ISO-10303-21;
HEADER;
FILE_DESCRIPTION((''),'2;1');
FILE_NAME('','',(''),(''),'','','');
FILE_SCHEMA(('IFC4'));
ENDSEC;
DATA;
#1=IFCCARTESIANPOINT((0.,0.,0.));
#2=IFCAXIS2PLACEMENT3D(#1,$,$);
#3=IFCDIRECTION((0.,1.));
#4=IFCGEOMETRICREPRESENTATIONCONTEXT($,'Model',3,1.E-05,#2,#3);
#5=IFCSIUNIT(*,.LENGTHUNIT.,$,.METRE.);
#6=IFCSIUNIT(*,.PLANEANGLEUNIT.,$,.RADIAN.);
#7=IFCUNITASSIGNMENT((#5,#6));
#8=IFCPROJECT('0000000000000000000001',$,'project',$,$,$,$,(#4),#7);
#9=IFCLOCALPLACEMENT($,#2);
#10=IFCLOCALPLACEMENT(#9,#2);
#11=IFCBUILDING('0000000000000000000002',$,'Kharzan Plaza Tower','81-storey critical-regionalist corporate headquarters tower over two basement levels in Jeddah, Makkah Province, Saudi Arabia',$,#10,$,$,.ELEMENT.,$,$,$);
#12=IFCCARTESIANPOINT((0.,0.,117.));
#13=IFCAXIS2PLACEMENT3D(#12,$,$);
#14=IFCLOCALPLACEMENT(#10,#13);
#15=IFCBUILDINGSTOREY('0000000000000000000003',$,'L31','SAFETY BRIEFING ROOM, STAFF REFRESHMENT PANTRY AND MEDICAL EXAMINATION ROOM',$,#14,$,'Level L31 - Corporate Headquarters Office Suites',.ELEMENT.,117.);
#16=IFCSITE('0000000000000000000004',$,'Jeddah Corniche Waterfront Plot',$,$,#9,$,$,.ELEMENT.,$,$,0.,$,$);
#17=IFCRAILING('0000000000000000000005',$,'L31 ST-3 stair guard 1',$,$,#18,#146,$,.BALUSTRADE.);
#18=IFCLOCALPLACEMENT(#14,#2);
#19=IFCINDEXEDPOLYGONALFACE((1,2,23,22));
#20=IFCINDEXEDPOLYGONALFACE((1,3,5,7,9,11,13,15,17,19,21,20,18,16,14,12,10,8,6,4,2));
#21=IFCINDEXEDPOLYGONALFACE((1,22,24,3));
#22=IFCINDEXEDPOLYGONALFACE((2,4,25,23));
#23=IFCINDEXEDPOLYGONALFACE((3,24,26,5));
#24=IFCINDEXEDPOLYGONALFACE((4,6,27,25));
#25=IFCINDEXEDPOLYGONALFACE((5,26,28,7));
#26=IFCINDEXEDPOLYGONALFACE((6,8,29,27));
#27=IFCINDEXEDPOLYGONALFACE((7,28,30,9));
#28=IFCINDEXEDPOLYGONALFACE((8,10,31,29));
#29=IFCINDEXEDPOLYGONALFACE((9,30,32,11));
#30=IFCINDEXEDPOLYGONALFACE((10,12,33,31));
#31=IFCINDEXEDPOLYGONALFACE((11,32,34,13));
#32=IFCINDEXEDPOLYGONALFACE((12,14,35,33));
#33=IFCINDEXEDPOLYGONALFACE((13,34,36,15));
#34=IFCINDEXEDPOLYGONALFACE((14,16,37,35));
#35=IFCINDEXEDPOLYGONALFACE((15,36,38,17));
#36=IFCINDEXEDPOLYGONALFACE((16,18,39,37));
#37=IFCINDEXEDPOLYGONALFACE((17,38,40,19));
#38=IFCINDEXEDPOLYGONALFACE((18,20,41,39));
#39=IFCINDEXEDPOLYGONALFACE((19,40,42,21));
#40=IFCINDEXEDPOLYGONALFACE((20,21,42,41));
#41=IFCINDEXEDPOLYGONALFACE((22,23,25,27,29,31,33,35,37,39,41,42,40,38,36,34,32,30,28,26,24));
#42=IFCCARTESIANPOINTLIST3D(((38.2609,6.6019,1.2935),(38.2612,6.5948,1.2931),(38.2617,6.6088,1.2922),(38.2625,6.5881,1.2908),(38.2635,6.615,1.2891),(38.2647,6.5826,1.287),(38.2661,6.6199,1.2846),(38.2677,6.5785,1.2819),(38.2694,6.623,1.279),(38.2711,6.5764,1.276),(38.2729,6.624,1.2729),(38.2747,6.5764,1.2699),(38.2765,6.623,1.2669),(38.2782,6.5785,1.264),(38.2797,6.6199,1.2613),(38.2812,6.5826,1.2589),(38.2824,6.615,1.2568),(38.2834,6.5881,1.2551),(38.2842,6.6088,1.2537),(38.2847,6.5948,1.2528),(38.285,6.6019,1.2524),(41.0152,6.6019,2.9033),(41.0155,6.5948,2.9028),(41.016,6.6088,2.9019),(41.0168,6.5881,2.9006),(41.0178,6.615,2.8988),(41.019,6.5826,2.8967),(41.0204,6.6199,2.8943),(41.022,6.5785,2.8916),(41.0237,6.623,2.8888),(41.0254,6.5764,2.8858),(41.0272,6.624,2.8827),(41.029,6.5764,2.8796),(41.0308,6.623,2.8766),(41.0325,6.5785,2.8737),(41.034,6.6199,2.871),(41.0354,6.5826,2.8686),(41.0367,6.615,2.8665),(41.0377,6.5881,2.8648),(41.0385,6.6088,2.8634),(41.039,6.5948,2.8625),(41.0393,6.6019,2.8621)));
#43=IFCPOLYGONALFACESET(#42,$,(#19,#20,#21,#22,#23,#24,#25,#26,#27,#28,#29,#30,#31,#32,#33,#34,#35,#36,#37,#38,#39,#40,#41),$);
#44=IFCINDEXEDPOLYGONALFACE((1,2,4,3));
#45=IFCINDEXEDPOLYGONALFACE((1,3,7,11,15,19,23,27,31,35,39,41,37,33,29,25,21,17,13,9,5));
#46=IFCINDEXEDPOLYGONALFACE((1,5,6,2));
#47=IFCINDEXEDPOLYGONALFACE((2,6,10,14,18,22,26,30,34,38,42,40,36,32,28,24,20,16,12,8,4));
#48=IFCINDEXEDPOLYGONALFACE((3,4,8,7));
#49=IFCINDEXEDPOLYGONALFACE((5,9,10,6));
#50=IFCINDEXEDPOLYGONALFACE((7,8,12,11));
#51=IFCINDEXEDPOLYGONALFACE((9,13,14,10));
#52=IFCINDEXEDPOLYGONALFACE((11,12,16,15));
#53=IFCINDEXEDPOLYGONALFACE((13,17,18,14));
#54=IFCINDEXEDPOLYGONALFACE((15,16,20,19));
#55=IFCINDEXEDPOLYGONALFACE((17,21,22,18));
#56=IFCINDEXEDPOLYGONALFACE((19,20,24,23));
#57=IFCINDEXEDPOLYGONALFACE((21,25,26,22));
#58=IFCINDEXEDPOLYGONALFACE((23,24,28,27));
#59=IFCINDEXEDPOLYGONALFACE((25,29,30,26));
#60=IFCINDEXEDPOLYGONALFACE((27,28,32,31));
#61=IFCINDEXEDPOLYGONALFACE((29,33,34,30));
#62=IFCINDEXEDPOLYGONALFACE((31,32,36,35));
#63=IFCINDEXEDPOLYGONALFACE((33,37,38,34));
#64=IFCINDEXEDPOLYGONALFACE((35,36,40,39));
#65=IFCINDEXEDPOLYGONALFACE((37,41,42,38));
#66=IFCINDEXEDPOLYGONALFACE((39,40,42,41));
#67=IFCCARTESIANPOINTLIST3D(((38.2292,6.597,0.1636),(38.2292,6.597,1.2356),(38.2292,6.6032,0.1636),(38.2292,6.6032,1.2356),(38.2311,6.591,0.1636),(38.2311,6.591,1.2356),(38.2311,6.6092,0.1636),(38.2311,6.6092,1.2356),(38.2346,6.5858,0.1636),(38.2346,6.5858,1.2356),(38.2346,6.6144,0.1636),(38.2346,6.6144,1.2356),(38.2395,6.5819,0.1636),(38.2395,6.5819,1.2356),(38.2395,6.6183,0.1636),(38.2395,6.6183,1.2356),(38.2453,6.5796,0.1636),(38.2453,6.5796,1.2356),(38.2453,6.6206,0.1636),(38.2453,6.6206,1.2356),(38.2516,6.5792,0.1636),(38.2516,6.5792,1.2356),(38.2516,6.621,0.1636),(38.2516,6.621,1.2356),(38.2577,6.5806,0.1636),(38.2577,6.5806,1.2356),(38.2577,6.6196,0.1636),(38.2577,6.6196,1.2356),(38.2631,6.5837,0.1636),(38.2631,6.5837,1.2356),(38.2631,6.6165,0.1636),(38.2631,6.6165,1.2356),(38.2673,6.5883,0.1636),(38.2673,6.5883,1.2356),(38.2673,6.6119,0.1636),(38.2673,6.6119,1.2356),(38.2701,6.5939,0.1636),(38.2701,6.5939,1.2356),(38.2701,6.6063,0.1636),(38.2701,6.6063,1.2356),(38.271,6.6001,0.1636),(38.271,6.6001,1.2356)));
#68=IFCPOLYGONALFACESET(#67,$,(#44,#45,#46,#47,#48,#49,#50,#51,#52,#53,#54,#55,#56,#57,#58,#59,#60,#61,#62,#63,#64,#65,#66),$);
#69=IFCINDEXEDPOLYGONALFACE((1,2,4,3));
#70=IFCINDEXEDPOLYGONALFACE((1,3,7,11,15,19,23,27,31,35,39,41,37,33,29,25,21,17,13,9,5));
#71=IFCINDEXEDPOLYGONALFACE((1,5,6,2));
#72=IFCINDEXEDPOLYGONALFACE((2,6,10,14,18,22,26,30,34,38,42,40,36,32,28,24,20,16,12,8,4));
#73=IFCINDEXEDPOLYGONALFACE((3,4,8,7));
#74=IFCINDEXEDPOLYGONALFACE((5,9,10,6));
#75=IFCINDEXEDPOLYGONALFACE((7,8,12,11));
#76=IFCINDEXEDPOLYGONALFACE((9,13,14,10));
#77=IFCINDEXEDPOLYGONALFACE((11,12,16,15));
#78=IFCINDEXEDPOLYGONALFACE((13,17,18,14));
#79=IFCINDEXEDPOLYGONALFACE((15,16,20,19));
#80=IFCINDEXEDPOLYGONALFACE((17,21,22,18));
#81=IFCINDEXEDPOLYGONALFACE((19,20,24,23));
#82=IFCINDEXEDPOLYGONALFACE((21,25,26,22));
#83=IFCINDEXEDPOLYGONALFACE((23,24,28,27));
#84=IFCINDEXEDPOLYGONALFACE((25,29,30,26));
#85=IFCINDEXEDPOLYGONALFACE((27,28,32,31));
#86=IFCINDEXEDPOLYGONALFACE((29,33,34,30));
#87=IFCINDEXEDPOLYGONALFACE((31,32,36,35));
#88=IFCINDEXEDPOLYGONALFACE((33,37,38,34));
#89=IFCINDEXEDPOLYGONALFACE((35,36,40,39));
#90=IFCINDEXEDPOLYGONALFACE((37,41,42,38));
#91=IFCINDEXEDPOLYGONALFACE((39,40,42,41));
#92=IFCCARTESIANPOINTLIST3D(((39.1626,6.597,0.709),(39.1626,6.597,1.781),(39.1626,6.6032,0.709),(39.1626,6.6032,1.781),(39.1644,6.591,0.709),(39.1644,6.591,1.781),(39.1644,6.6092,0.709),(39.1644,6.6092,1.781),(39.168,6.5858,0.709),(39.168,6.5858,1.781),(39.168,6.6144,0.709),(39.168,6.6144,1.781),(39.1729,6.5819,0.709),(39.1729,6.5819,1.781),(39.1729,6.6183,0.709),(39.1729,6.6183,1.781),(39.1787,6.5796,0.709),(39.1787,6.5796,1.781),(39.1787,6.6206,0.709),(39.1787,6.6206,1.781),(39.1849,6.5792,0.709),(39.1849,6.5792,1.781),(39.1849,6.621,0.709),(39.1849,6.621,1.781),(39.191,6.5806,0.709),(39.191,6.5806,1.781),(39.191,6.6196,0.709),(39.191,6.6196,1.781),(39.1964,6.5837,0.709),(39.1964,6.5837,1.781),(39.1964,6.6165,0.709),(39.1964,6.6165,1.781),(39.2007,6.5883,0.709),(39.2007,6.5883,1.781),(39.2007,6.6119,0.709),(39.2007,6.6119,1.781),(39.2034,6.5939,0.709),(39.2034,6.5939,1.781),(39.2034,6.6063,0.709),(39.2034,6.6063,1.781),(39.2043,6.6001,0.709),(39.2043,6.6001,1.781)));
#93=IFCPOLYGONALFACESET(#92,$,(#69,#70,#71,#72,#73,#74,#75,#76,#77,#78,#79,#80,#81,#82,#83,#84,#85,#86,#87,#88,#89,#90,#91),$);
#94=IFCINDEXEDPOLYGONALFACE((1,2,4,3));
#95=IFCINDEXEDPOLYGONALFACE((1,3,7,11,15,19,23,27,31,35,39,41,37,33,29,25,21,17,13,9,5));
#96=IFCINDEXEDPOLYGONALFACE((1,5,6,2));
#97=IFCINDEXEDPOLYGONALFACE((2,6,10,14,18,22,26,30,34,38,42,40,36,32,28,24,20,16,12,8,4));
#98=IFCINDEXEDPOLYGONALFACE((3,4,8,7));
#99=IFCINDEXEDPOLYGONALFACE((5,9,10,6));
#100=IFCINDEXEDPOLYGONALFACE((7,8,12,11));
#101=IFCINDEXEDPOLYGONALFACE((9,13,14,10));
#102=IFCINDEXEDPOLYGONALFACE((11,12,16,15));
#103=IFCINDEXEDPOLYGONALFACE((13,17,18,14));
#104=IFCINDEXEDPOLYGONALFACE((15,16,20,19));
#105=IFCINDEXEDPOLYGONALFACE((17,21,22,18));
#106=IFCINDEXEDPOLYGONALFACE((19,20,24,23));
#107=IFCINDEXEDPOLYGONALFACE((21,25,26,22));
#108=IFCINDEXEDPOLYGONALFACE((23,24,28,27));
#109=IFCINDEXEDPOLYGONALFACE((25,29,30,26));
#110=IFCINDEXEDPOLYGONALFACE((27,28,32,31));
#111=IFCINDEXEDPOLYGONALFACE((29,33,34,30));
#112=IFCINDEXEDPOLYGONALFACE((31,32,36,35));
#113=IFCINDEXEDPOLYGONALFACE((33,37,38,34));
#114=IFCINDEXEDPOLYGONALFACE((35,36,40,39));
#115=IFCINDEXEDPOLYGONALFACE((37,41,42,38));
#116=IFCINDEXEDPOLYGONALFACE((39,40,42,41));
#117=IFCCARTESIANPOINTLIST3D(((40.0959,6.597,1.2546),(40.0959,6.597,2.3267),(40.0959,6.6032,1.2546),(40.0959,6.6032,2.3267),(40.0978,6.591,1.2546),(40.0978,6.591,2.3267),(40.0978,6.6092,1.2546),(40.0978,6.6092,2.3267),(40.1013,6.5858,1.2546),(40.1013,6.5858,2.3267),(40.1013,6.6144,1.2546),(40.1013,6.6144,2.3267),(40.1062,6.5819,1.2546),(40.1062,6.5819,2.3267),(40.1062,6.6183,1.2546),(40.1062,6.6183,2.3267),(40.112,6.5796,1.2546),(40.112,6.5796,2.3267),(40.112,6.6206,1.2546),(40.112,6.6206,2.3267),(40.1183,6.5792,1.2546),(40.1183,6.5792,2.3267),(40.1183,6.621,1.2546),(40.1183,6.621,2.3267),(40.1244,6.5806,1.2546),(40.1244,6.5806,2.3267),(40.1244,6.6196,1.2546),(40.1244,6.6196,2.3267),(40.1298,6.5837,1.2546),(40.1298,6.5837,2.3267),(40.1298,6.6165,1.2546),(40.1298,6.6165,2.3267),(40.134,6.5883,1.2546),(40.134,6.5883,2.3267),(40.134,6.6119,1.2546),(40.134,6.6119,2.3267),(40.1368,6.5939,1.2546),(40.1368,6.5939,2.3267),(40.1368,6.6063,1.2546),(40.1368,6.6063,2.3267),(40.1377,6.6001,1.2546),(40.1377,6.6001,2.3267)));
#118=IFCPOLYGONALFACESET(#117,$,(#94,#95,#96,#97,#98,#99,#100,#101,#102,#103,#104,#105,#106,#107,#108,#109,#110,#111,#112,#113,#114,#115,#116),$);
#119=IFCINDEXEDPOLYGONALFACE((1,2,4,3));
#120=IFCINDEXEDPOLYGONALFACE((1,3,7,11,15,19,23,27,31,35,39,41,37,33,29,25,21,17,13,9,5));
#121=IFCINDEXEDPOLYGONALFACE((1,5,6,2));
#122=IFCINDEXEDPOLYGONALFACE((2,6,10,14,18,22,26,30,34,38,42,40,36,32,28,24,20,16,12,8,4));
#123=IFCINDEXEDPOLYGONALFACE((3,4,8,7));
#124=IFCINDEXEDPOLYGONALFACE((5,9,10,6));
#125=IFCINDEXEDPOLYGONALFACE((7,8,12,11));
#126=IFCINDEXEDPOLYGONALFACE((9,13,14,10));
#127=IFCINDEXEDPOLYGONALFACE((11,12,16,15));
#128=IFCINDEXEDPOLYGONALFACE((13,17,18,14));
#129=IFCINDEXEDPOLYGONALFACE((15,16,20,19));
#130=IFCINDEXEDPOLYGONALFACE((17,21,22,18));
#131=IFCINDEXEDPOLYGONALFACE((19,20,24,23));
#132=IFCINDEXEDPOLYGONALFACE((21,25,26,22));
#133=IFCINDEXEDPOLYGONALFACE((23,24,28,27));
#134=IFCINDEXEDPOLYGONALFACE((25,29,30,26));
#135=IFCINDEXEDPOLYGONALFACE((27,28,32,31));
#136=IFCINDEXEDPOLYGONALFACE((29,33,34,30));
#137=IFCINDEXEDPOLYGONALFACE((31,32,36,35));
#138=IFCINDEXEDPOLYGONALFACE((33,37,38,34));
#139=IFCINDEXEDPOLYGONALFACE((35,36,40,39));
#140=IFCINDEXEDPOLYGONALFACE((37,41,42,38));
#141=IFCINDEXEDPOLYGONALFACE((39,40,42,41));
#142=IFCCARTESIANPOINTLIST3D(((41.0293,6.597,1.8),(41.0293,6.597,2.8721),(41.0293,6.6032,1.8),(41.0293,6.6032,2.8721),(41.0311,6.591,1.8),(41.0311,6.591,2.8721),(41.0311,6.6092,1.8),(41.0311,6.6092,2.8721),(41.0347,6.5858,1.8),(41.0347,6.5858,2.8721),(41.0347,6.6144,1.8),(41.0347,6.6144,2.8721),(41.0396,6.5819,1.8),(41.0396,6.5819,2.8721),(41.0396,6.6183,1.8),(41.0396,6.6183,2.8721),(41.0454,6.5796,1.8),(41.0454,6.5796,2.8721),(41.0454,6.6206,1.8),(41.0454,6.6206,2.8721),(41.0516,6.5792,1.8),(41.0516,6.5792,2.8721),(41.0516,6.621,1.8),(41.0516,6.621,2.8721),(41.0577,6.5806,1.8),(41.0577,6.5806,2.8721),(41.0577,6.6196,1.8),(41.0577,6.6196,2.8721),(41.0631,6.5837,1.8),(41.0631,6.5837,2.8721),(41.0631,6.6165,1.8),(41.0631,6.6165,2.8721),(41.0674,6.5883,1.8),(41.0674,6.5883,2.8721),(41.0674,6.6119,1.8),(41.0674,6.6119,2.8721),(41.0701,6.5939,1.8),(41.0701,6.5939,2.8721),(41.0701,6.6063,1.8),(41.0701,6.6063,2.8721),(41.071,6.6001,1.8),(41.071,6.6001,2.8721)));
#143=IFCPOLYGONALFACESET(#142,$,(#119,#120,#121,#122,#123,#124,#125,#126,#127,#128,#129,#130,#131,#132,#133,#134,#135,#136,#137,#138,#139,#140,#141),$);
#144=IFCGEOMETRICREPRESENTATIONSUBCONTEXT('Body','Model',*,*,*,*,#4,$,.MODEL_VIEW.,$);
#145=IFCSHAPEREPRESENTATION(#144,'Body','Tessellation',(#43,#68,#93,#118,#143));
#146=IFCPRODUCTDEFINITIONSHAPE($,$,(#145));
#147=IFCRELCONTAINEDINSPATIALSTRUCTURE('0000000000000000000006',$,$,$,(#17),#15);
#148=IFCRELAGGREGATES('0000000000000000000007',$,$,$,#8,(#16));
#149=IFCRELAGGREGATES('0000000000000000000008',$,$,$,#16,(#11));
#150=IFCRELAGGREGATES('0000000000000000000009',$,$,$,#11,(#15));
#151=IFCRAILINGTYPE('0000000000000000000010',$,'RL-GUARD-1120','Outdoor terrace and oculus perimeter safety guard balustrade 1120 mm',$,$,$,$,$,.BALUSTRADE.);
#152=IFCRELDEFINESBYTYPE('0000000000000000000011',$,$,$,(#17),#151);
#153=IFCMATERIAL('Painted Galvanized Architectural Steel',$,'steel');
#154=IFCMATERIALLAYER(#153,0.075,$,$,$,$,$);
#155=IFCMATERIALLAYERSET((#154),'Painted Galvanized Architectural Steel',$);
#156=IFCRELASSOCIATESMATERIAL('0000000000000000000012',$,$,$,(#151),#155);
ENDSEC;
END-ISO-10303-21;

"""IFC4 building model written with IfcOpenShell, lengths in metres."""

from ifc_helpers import new_model, si_unit, direction, frame, origin, origin_2d, place, context, subcontext, project, spatial, circle, extrude, source, transform, mapped, material, layer, layer_set, type_object, element, save


model = new_model("IFC4")

# Units and contexts
model_context = context("Model", 3, precision=1e-05, world=origin(), true_north=direction((0.0, 1.0)))
body_context = subcontext(model_context, "Body", "Model", "MODEL_VIEW")
ifc_project = project(units=[si_unit("LENGTHUNIT", "METRE"), si_unit("PLANEANGLEUNIT", "RADIAN")], contexts=[model_context])

# Site, building, storey
site_placement = place(None, origin())
site = spatial("IfcSite", under=ifc_project, at=site_placement, Name="Jeddah Corniche Waterfront Plot", CompositionType="ELEMENT", RefElevation=0.0)
building_placement = place(site_placement, origin())
building = spatial("IfcBuilding", under=site, at=building_placement, Name="Kharzan Plaza Tower", Description="81-storey critical-regionalist corporate headquarters tower over two basement levels in Jeddah, Makkah Province, Saudi Arabia", CompositionType="ELEMENT")
storey_placement = place(building_placement, frame((0.0, 0.0, 117.0)))
storey = spatial("IfcBuildingStorey", under=building, at=storey_placement, Name="L31", Description="SAFETY BRIEFING ROOM, STAFF REFRESHMENT PANTRY AND MEDICAL EXAMINATION ROOM", LongName="Level L31 - Corporate Headquarters Office Suites", CompositionType="ELEMENT", Elevation=117.0)

# Railing
ifc_material_1 = material(Name="Painted Galvanized Architectural Steel", Category="steel")
ifc_layer_1 = layer(ifc_material_1, 0.075)
ifc_layer_set_1 = layer_set([ifc_layer_1], Name="Painted Galvanized Architectural Steel")
railing_type_1 = type_object("IfcRailingType", Name="RL-GUARD-1120", Description="Outdoor terrace and oculus perimeter safety guard balustrade 1120 mm", PredefinedType="BALUSTRADE", material=ifc_layer_set_1)
shared_shape_1 = source(origin(), body_context, "Body", "SweptSolid", [
    extrude(circle(Radius=0.0239, at=origin_2d()), frame((0.0229, 0.0, 1.1094), z_axis=(0.863361, 0.0, 0.504587), x_axis=(0.0, 1.0, 0.0)), (0.0, 0.0, 1.0), 3.1902),
    extrude(circle(Radius=0.021, at=origin_2d()), origin(), (0.0, 0.0, 1.0), 1.072),
    extrude(circle(Radius=0.021, at=origin_2d()), frame((0.9333, 0.0, 0.5454)), (0.0, 0.0, 1.0), 1.072),
    extrude(circle(Radius=0.021, at=origin_2d()), frame((1.8667, 0.0, 1.0911)), (0.0, 0.0, 1.0), 1.072),
    extrude(circle(Radius=0.021, at=origin_2d()), frame((2.8, 0.0, 1.6365)), (0.0, 0.0, 1.0), 1.072),
])
railing_1_placement = place(storey_placement, frame((38.25, 6.6001, 0.1636)))
element("IfcRailing", 1, at=railing_1_placement, inside=storey, type_object=railing_type_1, Name="L31 ST-3 stair guard 1", PredefinedType="BALUSTRADE", context=body_context, shape_type="MappedRepresentation", body=[
    mapped(shared_shape_1, transform((0.0, 0.0, 0.0), x_axis=(1.0, 0.0, 0.0), y_axis=(0.0, 1.0, 0.0), z_axis=(0.0, 0.0, 1.0))),
])

save(model, "model.ifc")
